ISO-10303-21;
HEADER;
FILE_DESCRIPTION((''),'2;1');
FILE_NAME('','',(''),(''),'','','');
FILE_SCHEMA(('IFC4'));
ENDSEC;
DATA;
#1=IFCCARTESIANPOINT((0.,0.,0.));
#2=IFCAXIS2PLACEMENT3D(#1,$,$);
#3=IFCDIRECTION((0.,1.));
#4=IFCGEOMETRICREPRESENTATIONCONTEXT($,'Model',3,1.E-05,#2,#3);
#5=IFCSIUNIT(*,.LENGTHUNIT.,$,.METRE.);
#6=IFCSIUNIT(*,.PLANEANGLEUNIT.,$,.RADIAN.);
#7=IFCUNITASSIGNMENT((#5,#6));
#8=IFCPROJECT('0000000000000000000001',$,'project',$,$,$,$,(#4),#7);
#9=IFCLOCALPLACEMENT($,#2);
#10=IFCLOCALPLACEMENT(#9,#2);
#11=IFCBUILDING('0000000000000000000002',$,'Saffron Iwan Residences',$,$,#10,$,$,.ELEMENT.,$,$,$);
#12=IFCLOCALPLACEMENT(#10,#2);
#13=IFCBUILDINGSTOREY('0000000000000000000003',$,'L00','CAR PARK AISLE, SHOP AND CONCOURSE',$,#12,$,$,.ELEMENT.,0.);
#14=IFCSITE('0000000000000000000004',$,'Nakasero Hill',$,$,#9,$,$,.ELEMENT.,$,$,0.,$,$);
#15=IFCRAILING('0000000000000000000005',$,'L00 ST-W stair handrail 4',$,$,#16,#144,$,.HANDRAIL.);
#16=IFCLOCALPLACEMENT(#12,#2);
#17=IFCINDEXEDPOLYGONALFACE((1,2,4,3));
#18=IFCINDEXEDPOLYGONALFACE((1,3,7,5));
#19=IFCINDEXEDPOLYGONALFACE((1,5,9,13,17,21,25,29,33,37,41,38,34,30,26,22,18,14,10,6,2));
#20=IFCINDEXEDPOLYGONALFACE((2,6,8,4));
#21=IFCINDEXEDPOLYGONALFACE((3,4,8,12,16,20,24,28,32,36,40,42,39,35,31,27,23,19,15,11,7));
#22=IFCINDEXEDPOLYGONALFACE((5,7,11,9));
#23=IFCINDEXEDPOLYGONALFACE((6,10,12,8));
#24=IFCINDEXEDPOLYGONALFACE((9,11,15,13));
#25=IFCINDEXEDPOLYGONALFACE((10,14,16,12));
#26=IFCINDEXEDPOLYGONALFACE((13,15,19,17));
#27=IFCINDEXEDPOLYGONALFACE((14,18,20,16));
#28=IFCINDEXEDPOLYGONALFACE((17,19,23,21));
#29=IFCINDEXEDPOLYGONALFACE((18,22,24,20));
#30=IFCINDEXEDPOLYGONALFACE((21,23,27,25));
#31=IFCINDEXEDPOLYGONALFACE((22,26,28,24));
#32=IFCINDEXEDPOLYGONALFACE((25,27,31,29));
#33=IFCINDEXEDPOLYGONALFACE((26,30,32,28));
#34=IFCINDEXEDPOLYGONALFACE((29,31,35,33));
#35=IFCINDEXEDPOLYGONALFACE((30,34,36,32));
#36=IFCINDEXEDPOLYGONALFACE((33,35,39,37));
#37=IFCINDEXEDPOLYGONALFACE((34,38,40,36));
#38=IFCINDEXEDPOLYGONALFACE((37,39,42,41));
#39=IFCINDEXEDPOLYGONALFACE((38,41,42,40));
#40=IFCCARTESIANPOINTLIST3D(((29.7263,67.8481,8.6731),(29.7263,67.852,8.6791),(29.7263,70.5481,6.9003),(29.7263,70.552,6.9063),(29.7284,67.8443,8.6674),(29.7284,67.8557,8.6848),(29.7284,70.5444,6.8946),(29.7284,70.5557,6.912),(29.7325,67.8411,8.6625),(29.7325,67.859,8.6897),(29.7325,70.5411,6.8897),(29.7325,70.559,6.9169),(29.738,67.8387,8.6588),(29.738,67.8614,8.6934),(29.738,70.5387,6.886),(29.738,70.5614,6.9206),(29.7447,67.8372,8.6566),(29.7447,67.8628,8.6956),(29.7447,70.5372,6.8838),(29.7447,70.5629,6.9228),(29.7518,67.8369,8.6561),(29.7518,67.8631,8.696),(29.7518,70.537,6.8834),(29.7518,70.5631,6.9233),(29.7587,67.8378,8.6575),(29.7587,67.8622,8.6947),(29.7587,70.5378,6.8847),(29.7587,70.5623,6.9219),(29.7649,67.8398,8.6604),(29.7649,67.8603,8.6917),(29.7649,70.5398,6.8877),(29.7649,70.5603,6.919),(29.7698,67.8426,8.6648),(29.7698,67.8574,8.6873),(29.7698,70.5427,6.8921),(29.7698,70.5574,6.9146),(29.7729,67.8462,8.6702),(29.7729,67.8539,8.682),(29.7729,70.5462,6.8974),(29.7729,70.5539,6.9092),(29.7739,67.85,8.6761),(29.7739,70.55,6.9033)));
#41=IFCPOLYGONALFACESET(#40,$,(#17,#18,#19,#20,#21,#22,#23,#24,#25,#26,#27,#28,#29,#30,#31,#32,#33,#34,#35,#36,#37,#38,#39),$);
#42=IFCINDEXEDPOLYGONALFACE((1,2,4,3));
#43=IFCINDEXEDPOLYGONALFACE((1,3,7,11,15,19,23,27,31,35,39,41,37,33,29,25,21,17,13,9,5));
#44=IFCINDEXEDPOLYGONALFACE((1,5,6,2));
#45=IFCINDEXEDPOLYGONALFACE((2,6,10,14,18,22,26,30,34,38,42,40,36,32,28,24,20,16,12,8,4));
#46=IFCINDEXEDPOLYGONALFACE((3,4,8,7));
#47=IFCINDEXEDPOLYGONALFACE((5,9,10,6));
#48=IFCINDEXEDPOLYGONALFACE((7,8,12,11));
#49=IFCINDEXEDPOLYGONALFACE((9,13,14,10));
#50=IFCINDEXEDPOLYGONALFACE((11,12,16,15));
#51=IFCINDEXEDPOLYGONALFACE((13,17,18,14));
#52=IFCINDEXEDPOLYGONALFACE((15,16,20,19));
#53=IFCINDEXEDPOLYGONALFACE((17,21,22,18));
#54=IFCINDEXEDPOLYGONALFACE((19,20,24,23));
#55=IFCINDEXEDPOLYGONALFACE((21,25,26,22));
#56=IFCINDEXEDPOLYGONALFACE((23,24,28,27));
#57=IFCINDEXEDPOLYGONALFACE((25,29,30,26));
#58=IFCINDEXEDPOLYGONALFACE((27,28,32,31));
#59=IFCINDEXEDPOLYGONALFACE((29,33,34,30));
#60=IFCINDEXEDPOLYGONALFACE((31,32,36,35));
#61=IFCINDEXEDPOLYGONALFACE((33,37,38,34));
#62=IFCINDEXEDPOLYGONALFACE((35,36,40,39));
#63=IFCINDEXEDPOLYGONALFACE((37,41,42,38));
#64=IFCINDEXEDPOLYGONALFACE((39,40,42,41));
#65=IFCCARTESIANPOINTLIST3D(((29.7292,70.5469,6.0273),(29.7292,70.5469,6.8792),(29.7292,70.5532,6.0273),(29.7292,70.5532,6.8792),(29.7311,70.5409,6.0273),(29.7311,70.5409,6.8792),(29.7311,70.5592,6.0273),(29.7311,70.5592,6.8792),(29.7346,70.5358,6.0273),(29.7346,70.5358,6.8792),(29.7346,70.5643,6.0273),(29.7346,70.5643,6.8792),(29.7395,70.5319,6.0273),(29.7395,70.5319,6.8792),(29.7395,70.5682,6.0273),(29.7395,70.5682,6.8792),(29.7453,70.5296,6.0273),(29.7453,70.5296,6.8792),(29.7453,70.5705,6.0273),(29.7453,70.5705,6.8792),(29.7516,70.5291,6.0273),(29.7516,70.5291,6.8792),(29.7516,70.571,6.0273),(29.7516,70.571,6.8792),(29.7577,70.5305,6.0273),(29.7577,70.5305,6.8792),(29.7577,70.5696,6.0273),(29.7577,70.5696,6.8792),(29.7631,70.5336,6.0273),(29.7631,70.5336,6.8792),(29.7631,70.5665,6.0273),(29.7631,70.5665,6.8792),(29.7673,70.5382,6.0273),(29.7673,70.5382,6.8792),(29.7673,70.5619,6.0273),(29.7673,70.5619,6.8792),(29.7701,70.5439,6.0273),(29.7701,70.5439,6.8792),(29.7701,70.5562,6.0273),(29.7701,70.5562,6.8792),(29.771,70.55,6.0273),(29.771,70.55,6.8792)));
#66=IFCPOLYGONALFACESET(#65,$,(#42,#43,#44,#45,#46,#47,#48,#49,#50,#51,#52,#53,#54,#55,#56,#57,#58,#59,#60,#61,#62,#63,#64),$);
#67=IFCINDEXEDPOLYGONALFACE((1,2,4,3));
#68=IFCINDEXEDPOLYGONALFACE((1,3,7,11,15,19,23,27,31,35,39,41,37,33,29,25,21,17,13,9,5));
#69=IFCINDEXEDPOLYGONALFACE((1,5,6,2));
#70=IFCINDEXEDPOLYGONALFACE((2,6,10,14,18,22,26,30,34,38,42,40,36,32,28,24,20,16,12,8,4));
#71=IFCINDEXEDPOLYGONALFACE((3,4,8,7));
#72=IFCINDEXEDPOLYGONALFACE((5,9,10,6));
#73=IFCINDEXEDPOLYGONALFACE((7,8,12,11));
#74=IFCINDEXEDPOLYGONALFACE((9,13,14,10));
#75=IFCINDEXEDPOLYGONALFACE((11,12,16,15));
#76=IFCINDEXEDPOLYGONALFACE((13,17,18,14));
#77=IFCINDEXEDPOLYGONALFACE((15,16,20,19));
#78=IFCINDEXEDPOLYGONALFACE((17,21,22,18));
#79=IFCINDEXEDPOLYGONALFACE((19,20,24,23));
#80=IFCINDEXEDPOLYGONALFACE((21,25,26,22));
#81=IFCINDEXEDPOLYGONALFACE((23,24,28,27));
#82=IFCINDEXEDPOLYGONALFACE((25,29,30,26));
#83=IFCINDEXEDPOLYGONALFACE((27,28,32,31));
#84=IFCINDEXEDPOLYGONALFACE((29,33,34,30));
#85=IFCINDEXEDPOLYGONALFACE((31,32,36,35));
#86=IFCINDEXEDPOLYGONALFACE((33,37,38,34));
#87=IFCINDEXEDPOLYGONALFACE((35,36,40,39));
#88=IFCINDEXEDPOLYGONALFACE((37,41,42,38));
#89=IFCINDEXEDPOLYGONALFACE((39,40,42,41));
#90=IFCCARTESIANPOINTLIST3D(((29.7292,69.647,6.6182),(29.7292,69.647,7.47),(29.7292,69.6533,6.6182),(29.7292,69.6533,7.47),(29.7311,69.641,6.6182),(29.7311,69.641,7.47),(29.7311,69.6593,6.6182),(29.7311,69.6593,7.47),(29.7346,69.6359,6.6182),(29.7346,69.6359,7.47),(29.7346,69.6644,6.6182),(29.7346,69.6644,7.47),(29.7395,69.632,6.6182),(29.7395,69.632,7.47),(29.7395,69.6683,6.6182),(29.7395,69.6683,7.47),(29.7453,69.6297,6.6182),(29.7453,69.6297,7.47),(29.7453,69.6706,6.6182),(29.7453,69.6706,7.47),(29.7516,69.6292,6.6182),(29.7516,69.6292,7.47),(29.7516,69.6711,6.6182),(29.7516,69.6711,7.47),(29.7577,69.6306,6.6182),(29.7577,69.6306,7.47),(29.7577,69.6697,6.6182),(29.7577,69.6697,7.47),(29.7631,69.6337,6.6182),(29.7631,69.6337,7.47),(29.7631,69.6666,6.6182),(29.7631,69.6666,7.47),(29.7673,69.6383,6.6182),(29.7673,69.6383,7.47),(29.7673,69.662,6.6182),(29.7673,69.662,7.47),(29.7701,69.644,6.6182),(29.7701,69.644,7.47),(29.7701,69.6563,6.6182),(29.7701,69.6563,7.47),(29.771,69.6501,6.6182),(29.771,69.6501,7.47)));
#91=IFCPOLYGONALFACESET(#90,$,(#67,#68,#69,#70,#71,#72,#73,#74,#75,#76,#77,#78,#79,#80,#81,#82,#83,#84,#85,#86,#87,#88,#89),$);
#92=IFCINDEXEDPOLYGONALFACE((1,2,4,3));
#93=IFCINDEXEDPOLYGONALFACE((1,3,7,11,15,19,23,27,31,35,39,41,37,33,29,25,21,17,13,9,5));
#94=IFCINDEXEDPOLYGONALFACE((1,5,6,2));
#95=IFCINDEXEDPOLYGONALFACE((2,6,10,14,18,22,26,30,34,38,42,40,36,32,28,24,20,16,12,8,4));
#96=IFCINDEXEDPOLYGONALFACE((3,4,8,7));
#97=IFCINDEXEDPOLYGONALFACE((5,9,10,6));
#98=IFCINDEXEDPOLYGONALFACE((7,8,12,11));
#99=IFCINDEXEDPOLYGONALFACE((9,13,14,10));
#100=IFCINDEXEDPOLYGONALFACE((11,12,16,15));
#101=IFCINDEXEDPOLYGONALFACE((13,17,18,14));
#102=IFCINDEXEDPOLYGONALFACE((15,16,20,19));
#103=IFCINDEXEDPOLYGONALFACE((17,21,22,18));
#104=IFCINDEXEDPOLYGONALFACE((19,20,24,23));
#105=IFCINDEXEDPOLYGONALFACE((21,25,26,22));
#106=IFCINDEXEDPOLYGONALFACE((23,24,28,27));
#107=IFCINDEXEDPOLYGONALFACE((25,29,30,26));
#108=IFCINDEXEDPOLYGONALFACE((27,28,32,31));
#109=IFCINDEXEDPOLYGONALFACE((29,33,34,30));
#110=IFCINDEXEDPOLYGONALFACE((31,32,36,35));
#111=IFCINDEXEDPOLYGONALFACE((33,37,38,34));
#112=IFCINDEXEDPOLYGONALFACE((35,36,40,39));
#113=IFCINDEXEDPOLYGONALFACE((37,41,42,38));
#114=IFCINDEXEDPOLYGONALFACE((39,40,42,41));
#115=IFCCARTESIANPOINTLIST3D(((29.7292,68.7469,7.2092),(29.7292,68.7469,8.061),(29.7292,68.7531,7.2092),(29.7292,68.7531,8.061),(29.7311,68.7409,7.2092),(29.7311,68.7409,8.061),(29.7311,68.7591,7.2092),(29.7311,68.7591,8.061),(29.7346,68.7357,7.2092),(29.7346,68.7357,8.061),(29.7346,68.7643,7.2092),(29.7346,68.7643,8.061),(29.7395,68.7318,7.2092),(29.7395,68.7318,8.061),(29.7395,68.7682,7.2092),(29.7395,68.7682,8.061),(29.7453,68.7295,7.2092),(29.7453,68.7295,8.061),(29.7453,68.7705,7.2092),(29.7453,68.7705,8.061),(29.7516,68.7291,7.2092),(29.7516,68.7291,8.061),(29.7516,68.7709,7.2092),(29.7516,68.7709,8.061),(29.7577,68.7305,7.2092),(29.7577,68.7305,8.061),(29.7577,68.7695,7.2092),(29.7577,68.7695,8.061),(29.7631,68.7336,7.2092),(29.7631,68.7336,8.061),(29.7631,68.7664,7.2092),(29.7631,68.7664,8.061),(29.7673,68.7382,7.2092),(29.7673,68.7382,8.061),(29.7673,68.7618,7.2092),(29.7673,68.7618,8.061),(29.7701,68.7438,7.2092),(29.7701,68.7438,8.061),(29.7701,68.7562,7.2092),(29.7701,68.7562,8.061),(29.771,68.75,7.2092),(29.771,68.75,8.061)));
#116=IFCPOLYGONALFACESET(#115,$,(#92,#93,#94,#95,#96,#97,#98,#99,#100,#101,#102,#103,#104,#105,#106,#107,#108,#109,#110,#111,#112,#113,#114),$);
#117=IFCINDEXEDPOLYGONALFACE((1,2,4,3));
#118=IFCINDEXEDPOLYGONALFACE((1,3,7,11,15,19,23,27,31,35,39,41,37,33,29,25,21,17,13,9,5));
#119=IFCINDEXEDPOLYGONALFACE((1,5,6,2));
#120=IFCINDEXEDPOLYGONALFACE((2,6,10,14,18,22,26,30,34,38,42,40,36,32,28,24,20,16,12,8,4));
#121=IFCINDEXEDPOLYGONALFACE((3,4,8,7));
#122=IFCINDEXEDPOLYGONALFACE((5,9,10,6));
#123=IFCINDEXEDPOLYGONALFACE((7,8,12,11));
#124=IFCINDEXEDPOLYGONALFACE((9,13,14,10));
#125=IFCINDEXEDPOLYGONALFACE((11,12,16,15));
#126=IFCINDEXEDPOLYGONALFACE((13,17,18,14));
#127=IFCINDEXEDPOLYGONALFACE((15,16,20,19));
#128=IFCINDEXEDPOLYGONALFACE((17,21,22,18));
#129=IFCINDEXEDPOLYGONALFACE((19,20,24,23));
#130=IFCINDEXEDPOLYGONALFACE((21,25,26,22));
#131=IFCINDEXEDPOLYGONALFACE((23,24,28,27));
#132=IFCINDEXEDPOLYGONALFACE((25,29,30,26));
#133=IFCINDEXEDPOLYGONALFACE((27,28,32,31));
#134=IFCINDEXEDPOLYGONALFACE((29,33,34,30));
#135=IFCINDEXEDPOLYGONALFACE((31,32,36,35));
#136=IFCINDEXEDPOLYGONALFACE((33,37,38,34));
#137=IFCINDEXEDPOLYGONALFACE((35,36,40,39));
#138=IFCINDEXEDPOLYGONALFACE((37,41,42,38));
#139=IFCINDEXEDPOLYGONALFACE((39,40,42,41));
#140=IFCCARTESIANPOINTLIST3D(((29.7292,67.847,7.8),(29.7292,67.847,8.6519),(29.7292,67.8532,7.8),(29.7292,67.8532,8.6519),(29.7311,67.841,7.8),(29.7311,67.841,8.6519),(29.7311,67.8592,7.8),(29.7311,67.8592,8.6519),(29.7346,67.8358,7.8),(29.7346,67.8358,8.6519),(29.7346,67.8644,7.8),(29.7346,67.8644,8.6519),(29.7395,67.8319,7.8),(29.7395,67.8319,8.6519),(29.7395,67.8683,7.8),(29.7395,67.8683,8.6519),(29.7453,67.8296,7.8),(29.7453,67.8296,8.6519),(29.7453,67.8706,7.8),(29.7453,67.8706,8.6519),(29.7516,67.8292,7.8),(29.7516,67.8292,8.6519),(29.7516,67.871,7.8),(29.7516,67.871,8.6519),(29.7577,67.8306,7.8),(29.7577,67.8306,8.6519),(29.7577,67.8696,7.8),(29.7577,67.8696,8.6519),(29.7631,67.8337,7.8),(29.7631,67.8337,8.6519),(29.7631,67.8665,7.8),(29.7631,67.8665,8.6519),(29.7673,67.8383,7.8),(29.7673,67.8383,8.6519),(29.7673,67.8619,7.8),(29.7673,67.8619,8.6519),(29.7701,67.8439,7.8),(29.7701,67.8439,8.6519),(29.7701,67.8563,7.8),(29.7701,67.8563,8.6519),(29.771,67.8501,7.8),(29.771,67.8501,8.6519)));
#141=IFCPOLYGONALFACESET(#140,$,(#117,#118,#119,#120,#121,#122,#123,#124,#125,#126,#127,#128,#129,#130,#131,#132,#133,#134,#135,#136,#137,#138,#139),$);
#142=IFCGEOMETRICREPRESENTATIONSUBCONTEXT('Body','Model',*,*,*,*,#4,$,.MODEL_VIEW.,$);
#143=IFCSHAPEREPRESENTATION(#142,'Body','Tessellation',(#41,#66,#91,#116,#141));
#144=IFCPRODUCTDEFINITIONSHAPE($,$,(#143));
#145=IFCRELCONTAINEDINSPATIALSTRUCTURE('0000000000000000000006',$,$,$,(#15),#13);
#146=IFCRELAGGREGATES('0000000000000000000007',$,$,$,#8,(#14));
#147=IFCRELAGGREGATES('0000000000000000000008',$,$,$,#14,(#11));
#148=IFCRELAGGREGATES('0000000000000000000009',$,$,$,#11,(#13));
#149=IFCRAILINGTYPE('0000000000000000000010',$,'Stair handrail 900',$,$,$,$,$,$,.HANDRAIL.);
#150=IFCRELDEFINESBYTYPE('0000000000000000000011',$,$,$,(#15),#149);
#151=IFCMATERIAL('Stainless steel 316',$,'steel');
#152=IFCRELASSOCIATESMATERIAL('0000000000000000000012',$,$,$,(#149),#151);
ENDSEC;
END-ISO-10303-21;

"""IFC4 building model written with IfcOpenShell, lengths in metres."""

from ifc_helpers import new_model, si_unit, direction, frame, origin, origin_2d, place, context, subcontext, project, spatial, circle, extrude, material, type_object, element, save


model = new_model("IFC4")

# Units and contexts
model_context = context("Model", 3, precision=1e-05, world=origin(), true_north=direction((0.0, 1.0)))
body_context = subcontext(model_context, "Body", "Model", "MODEL_VIEW")
ifc_project = project(units=[si_unit("LENGTHUNIT", "METRE"), si_unit("PLANEANGLEUNIT", "RADIAN")], contexts=[model_context])

# Site, building, storey
site_placement = place(None, origin())
site = spatial("IfcSite", under=ifc_project, at=site_placement, Name="Nakasero Hill", CompositionType="ELEMENT", RefElevation=0.0)
building_placement = place(site_placement, origin())
building = spatial("IfcBuilding", under=site, at=building_placement, Name="Saffron Iwan Residences", CompositionType="ELEMENT")
storey_placement = place(building_placement, origin())
storey = spatial("IfcBuildingStorey", under=building, at=storey_placement, Name="L00", Description="CAR PARK AISLE, SHOP AND CONCOURSE", CompositionType="ELEMENT", Elevation=0.0)

# Railing
ifc_material_1 = material(Name="Stainless steel 316", Category="steel")
railing_type = type_object("IfcRailingType", Name="Stair handrail 900", PredefinedType="HANDRAIL", material=ifc_material_1)
for number, where, name in (
    (1, (29.75, 70.55, 6.0273), "L00 ST-W stair handrail 4"),
):
    element("IfcRailing", number, at=place(storey_placement, frame(where)), inside=storey, type_object=railing_type, Name=name, PredefinedType="HANDRAIL", context=body_context, shape_type="SweptSolid", body=[
        extrude(circle(Radius=0.0239, at=origin_2d()), frame((0.0, 0.0, 0.876), z_axis=(0.0, -0.835925, 0.548843), x_axis=(1.0, 0.0, 0.0)), (0.0, 0.0, 1.0), 3.23),
        extrude(circle(Radius=0.021, at=origin_2d()), origin(), (0.0, 0.0, 1.0), 0.8518),
        extrude(circle(Radius=0.021, at=origin_2d()), frame((0.0, -0.8999, 0.5908)), (0.0, 0.0, 1.0), 0.8518),
        extrude(circle(Radius=0.021, at=origin_2d()), frame((0.0, -1.8, 1.1819)), (0.0, 0.0, 1.0), 0.8518),
        extrude(circle(Radius=0.021, at=origin_2d()), frame((0.0, -2.7, 1.7727)), (0.0, 0.0, 1.0), 0.8518),
    ])

save(model, "model.ifc")
